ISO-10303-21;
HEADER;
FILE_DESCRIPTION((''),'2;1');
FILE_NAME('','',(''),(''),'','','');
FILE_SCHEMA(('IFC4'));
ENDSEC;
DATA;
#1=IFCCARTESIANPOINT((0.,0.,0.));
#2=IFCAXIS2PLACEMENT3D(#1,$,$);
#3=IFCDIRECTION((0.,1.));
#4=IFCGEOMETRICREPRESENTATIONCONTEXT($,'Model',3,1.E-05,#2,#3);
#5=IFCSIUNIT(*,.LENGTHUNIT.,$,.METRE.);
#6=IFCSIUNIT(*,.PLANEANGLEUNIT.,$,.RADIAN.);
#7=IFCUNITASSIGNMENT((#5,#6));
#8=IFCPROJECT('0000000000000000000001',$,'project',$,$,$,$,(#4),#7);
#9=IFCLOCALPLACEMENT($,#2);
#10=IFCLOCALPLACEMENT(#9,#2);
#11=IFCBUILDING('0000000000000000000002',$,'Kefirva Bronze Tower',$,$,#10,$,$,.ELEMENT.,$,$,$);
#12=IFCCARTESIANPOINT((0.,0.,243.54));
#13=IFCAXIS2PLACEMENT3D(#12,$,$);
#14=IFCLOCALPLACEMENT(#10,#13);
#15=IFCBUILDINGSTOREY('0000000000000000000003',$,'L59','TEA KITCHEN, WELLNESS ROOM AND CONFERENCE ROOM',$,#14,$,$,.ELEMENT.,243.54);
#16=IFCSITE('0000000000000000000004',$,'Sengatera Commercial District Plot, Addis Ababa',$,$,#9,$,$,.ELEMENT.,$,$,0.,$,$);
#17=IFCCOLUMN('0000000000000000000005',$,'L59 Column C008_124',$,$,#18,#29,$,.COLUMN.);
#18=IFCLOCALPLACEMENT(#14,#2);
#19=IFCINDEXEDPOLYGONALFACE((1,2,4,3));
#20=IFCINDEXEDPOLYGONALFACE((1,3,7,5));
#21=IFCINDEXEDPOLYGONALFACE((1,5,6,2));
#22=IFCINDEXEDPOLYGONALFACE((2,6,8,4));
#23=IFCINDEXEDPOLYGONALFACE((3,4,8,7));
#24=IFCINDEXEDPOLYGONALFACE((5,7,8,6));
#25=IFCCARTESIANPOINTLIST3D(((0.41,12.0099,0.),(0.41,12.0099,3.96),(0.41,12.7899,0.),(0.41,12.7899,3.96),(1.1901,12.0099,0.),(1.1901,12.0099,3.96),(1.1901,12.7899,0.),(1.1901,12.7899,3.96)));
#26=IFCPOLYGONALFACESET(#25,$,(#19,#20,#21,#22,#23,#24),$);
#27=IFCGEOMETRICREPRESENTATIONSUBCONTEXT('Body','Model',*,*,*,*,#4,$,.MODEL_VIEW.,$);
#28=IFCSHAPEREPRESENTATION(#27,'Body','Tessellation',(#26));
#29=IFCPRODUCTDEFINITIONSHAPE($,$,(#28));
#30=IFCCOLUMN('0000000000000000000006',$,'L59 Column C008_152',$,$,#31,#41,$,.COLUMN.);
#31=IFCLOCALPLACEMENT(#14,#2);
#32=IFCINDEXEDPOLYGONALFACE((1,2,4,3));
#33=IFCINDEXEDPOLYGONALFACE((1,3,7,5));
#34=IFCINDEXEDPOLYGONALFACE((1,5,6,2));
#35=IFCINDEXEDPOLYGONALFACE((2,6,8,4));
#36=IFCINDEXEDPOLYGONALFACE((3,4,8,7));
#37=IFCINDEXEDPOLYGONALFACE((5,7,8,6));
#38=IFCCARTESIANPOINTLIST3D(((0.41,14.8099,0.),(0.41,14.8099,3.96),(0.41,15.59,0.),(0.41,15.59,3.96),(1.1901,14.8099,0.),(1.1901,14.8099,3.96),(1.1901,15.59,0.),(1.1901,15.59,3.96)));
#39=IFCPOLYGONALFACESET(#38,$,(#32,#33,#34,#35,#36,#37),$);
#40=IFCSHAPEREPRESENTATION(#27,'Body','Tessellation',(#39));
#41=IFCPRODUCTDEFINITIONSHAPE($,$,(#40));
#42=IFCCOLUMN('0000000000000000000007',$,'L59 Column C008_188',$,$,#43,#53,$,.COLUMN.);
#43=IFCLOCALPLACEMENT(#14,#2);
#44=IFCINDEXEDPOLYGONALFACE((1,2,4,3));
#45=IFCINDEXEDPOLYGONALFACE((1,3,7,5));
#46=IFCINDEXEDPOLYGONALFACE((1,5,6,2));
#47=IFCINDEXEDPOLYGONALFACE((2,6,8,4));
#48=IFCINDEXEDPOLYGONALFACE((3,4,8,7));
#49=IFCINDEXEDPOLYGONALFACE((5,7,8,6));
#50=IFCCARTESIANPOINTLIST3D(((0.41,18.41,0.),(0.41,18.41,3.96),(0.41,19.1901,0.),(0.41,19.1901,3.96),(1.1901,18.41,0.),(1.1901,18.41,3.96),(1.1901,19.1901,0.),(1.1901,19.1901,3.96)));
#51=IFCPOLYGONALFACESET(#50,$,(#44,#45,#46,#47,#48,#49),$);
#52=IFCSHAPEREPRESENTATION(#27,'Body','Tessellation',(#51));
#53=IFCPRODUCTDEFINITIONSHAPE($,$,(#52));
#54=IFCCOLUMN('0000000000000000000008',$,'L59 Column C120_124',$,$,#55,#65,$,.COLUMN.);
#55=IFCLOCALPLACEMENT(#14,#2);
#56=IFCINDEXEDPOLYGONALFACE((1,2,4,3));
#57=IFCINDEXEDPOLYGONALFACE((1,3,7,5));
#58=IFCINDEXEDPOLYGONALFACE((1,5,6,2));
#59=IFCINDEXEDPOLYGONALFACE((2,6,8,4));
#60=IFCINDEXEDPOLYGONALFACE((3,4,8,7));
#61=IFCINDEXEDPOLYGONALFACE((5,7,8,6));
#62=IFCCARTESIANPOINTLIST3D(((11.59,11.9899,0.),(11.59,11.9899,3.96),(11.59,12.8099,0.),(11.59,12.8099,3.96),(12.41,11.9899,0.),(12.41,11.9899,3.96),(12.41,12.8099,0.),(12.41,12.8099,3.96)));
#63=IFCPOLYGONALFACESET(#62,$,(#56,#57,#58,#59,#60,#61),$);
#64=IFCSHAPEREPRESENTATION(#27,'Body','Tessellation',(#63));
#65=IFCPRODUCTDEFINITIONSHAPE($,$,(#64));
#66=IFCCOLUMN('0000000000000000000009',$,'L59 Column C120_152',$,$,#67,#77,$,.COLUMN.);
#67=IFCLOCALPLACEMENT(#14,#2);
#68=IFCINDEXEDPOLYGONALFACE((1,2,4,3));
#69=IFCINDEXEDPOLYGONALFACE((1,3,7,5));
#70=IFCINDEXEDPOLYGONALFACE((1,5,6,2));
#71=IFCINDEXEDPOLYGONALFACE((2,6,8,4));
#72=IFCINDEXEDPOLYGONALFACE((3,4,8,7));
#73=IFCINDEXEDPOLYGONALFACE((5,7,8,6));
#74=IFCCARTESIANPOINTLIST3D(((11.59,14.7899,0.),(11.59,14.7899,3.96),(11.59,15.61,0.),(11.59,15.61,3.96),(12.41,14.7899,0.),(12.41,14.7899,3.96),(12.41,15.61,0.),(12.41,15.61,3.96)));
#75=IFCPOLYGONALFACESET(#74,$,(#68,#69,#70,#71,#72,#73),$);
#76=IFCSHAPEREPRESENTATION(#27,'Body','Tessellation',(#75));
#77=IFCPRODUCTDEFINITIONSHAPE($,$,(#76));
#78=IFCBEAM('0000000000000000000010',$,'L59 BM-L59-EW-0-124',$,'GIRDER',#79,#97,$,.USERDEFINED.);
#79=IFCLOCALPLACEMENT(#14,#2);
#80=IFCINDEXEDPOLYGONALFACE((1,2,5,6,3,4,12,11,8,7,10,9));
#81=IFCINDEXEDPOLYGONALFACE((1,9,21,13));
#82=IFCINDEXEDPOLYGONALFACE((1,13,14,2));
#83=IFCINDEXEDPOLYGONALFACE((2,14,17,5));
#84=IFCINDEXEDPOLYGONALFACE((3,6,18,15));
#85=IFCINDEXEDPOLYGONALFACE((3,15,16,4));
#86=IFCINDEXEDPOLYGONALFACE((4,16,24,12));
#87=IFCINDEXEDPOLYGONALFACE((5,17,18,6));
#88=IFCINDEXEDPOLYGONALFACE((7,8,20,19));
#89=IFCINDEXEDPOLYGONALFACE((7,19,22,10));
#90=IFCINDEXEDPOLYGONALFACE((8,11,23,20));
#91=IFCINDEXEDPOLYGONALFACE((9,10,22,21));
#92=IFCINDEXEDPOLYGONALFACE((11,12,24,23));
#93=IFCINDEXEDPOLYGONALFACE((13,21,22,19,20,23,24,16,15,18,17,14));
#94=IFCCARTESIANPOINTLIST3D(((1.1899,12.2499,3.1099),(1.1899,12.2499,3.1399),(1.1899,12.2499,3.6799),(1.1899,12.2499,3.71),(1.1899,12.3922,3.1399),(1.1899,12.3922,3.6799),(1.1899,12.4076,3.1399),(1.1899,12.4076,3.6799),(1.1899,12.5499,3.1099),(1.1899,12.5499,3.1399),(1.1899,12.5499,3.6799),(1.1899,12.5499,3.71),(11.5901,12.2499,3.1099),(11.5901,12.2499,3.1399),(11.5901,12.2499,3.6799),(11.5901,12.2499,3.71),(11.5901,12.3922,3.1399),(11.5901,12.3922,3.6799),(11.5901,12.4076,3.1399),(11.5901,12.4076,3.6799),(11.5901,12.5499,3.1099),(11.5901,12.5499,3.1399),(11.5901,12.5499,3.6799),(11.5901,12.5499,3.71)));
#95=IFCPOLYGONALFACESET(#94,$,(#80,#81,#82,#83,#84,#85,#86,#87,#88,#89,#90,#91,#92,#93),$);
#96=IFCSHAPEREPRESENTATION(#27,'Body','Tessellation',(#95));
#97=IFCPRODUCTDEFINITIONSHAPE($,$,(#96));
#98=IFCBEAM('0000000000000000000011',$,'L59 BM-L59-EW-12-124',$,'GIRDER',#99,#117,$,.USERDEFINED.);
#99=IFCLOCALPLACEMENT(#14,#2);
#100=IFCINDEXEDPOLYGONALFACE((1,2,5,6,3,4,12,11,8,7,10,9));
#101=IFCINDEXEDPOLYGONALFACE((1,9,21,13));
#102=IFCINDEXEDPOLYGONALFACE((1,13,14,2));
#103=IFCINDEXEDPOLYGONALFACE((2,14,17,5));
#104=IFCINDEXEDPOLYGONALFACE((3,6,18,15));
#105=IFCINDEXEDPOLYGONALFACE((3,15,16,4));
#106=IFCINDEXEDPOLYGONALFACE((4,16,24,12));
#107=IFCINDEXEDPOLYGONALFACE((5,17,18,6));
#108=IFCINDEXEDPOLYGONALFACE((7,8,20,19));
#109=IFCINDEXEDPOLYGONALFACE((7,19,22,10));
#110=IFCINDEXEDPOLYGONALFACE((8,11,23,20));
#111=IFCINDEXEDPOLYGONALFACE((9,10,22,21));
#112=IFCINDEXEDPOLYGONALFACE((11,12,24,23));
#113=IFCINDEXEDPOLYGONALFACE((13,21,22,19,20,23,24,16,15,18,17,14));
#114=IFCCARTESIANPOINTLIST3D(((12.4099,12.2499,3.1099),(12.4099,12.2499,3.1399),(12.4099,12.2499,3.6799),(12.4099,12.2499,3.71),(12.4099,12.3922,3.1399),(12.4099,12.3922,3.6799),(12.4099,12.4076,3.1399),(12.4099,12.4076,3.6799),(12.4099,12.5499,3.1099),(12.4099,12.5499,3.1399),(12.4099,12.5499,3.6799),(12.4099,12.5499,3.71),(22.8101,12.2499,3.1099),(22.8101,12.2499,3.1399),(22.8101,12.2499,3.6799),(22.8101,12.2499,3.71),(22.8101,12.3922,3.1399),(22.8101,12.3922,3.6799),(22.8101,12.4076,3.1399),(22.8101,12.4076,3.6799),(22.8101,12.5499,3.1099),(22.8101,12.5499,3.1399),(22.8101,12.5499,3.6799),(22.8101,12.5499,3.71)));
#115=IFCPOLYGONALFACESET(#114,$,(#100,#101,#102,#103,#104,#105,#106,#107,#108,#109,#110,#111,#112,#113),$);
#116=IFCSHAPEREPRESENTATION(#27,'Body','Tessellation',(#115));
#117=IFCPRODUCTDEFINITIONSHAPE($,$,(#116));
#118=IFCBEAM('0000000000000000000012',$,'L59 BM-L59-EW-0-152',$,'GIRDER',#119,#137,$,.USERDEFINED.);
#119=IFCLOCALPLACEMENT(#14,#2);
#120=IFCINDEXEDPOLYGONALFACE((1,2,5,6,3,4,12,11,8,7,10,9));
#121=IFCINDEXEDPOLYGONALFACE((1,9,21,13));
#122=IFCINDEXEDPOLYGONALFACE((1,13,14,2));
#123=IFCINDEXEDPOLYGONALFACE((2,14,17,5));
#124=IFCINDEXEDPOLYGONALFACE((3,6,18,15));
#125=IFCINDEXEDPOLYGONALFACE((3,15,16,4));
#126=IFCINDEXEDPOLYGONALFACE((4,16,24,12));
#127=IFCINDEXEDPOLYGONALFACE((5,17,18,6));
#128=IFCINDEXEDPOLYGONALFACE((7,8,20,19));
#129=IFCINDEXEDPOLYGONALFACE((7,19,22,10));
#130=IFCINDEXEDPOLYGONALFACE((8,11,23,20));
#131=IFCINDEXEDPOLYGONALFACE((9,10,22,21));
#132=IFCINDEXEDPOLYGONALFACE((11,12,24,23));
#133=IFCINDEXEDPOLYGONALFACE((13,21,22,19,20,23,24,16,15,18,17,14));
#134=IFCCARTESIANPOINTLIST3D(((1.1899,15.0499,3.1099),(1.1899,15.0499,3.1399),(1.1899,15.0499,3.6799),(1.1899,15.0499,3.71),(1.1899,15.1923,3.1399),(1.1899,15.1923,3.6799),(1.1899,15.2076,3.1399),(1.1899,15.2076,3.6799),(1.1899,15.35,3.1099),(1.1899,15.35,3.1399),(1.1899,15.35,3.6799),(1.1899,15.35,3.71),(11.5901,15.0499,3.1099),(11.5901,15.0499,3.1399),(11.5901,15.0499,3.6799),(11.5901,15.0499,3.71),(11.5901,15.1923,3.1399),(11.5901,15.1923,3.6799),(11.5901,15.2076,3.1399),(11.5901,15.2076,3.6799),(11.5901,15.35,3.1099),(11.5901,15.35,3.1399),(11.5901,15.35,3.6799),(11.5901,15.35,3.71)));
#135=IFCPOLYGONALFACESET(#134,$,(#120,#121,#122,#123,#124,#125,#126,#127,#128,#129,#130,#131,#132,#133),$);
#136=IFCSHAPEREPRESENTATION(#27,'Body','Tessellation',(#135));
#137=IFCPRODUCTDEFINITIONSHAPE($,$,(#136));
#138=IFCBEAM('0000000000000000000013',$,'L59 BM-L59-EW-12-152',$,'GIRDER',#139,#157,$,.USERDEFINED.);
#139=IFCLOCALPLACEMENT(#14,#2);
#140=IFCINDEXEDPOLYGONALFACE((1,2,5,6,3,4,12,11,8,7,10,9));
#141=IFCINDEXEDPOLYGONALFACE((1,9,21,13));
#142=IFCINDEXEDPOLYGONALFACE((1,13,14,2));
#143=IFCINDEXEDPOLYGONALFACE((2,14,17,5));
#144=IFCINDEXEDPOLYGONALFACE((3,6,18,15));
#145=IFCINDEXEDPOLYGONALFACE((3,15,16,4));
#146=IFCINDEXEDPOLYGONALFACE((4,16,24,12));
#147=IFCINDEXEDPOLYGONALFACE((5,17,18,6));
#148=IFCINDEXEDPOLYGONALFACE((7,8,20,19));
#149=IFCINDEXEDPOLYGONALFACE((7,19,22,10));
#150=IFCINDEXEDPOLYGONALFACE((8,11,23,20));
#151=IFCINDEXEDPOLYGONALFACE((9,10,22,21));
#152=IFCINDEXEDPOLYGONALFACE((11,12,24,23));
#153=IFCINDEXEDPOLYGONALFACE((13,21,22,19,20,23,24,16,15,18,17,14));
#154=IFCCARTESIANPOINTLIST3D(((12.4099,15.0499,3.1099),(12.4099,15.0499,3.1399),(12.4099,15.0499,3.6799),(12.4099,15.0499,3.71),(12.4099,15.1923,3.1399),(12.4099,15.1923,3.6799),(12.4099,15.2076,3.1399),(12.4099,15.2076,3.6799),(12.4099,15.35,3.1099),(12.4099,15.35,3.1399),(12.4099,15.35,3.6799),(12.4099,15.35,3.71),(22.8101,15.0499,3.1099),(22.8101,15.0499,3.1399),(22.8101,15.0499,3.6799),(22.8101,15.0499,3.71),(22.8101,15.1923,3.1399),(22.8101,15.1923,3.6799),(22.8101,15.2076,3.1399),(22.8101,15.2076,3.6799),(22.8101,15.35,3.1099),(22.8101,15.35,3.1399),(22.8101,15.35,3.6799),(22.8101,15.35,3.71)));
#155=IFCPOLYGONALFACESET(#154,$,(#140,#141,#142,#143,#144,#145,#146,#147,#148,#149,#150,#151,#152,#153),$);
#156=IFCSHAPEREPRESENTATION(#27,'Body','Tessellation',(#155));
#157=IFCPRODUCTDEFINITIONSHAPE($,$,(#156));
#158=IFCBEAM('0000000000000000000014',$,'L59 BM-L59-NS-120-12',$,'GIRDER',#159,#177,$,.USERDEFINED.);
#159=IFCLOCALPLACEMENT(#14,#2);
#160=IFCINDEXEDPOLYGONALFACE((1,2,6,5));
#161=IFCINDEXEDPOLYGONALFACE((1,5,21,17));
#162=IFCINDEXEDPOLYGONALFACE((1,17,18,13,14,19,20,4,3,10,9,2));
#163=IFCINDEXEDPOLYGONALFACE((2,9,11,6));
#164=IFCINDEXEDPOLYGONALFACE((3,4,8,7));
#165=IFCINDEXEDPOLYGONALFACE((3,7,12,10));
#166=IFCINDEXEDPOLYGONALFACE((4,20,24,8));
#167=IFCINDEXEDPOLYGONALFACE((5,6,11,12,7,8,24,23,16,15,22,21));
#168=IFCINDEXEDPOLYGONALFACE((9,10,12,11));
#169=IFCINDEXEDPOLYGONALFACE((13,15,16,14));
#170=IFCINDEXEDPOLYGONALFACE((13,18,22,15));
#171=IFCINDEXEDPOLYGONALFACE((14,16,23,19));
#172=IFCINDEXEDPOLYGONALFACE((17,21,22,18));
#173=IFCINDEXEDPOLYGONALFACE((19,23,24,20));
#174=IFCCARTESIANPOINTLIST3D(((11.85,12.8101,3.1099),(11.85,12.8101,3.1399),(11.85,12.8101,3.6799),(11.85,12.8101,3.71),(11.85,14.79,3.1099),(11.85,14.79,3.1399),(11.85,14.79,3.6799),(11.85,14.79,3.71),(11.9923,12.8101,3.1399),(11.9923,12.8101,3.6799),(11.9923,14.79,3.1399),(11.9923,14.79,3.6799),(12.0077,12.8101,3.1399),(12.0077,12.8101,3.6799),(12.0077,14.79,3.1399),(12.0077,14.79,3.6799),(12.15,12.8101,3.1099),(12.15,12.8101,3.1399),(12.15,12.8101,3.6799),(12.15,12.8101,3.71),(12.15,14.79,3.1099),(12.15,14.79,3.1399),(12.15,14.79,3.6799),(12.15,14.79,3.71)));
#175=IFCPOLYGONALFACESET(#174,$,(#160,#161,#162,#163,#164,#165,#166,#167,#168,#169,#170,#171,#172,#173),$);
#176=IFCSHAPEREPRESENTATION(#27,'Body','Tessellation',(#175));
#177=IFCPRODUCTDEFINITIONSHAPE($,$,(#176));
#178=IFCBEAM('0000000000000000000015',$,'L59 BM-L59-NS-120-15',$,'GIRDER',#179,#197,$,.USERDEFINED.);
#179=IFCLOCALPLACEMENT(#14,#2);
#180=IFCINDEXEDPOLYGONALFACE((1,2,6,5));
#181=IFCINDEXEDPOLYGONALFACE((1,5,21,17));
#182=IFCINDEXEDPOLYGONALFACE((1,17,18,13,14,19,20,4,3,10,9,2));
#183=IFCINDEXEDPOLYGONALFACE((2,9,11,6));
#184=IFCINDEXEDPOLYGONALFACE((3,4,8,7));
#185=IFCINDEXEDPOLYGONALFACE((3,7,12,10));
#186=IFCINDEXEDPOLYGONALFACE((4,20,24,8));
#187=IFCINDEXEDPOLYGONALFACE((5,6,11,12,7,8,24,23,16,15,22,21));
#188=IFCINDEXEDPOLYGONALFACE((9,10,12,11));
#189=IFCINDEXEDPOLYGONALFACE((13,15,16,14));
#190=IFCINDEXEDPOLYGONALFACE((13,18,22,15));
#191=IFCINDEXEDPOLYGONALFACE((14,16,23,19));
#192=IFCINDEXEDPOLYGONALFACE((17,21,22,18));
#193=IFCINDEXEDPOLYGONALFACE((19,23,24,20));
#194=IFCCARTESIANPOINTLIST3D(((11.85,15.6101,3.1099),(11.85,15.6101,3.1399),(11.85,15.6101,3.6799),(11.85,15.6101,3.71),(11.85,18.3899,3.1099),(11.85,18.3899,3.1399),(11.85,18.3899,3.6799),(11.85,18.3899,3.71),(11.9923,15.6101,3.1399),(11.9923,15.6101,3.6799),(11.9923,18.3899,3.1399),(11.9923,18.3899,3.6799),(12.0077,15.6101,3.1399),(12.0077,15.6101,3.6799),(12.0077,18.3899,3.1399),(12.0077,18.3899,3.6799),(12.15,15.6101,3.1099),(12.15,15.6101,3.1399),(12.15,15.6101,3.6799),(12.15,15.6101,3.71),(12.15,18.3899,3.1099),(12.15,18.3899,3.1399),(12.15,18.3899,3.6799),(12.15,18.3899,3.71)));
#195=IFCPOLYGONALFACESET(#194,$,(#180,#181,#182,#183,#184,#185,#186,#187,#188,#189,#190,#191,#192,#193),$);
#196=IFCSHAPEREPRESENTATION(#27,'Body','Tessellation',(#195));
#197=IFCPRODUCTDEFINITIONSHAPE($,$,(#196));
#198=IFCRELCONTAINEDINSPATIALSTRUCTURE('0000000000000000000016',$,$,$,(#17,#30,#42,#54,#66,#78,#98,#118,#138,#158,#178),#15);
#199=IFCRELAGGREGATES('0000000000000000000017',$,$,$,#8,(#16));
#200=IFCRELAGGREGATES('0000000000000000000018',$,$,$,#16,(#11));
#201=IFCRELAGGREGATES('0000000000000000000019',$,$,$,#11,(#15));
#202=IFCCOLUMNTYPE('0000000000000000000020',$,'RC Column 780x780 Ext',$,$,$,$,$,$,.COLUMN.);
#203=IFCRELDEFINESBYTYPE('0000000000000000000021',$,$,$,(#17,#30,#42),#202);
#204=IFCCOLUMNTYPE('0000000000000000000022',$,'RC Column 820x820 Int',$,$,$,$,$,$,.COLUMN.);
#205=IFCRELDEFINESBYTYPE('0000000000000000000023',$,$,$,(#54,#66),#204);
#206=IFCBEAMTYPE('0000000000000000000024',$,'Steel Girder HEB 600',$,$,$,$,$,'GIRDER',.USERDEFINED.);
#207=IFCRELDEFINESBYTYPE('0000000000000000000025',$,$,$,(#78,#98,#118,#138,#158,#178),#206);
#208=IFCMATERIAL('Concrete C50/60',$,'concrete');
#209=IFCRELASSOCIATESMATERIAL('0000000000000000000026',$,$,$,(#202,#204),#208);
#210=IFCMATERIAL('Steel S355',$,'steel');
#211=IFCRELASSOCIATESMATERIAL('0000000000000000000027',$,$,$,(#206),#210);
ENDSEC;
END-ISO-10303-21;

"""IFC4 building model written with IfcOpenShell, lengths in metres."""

from ifc_helpers import new_model, si_unit, direction, frame, origin, origin_2d, place, context, subcontext, project, spatial, rectangle, i_section, extrude, material, material_profile, profile_set, type_object, element, save


model = new_model("IFC4")

# Units and contexts
model_context = context("Model", 3, precision=1e-05, world=origin(), true_north=direction((0.0, 1.0)))
body_context = subcontext(model_context, "Body", "Model", "MODEL_VIEW")
ifc_project = project(units=[si_unit("LENGTHUNIT", "METRE"), si_unit("PLANEANGLEUNIT", "RADIAN")], contexts=[model_context])

# Site, building, storey
site_placement = place(None, origin())
site = spatial("IfcSite", under=ifc_project, at=site_placement, Name="Sengatera Commercial District Plot, Addis Ababa", CompositionType="ELEMENT", RefElevation=0.0)
building_placement = place(site_placement, origin())
building = spatial("IfcBuilding", under=site, at=building_placement, Name="Kefirva Bronze Tower", CompositionType="ELEMENT")
storey_placement = place(building_placement, frame((0.0, 0.0, 243.54)))
storey = spatial("IfcBuildingStorey", under=building, at=storey_placement, Name="L59", Description="TEA KITCHEN, WELLNESS ROOM AND CONFERENCE ROOM", CompositionType="ELEMENT", Elevation=243.54)

# Columns
ifc_material_1 = material(Name="Concrete C50/60", Category="concrete")
ifc_material_profile_1 = material_profile(ifc_material_1, rectangle(XDim=0.78, YDim=0.78, at=origin_2d()), Name="RC 780x780")
ifc_profile_set_1 = profile_set([ifc_material_profile_1], Name="Concrete C50/60")
column_type_1 = type_object("IfcColumnType", Name="RC Column 780x780 Ext", PredefinedType="COLUMN", material=ifc_profile_set_1)
for number, where, z_axis, x_axis, name in (
    (1, (0.8, 12.3999, 0.0), (0.0, 0.0, 1.0), (1.0, 0.0, 0.0), "L59 Column C008_124"),
    (2, (0.8, 15.2, 0.0), (0.0, 0.0, 1.0), (1.0, 0.0, 0.0), "L59 Column C008_152"),
    (3, (0.8, 18.8, 0.0), (0.0, 0.0, 1.0), (1.0, 0.0, 0.0), "L59 Column C008_188"),
):
    element("IfcColumn", number, at=place(storey_placement, frame(where, z_axis=z_axis, x_axis=x_axis)), inside=storey, type_object=column_type_1, Name=name, PredefinedType="COLUMN", context=body_context, shape_type="SweptSolid", body=[
        extrude(rectangle(XDim=0.78, YDim=0.78, at=origin_2d()), origin(), (0.0, 0.0, 1.0), 3.96),
    ])
ifc_material_profile_2 = material_profile(ifc_material_1, rectangle(XDim=0.8201, YDim=0.8201, at=origin_2d()), Name="RC 820x820")
ifc_profile_set_2 = profile_set([ifc_material_profile_2], Name="Concrete C50/60")
column_type_2 = type_object("IfcColumnType", Name="RC Column 820x820 Int", PredefinedType="COLUMN", material=ifc_profile_set_2)
for number, where, z_axis, x_axis, name in (
    (4, (12.0, 12.3999, 0.0), (0.0, 0.0, 1.0), (1.0, 0.0, 0.0), "L59 Column C120_124"),
    (5, (12.0, 15.2, 0.0), (0.0, 0.0, 1.0), (1.0, 0.0, 0.0), "L59 Column C120_152"),
):
    element("IfcColumn", number, at=place(storey_placement, frame(where, z_axis=z_axis, x_axis=x_axis)), inside=storey, type_object=column_type_2, Name=name, PredefinedType="COLUMN", context=body_context, shape_type="SweptSolid", body=[
        extrude(rectangle(XDim=0.8201, YDim=0.8201, at=origin_2d()), origin(), (0.0, 0.0, 1.0), 3.96),
    ])

# Beams
ifc_material_2 = material(Name="Steel S355", Category="steel")
ifc_material_profile_3 = material_profile(ifc_material_2, i_section(OverallWidth=0.3, OverallDepth=0.6001, WebThickness=0.0154, FlangeThickness=0.03, at=origin_2d()), Name="HEB 600")
ifc_profile_set_3 = profile_set([ifc_material_profile_3], Name="Steel S355")
beam_type_1 = type_object("IfcBeamType", Name="Steel Girder HEB 600", ElementType="GIRDER", PredefinedType="USERDEFINED", material=ifc_profile_set_3)
for number, where, z_axis, x_axis, name in (
    (6, (1.1899, 12.3999, 3.4099), (1.0, 0.0, 0.0), (0.0, 1.0, 0.0), "L59 BM-L59-EW-0-124"),
    (7, (12.4099, 12.3999, 3.4099), (1.0, 0.0, 0.0), (0.0, 1.0, 0.0), "L59 BM-L59-EW-12-124"),
    (8, (1.1899, 15.2, 3.4099), (1.0, 0.0, 0.0), (0.0, 1.0, 0.0), "L59 BM-L59-EW-0-152"),
    (9, (12.4099, 15.2, 3.4099), (1.0, 0.0, 0.0), (0.0, 1.0, 0.0), "L59 BM-L59-EW-12-152"),
):
    element("IfcBeam", number, at=place(storey_placement, frame(where, z_axis=z_axis, x_axis=x_axis)), inside=storey, type_object=beam_type_1, Name=name, ObjectType="GIRDER", PredefinedType="USERDEFINED", context=body_context, shape_type="SweptSolid", body=[
        extrude(i_section(OverallWidth=0.3, OverallDepth=0.6001, WebThickness=0.0154, FlangeThickness=0.03, at=origin_2d()), origin(), (0.0, 0.0, 1.0), 10.4001),
    ])
beam_1_placement = place(storey_placement, frame((12.0, 12.8101, 3.4099), z_axis=(0.0, 1.0, 0.0), x_axis=(-1.0, 0.0, 0.0)))
element("IfcBeam", 10, at=beam_1_placement, inside=storey, type_object=beam_type_1, Name="L59 BM-L59-NS-120-12", ObjectType="GIRDER", PredefinedType="USERDEFINED", context=body_context, shape_type="SweptSolid", body=[
    extrude(i_section(OverallWidth=0.3, OverallDepth=0.6001, WebThickness=0.0154, FlangeThickness=0.03, at=origin_2d()), origin(), (0.0, 0.0, 1.0), 1.98),
])
beam_2_placement = place(storey_placement, frame((12.0, 15.6101, 3.4099), z_axis=(0.0, 1.0, 0.0), x_axis=(-1.0, 0.0, 0.0)))
element("IfcBeam", 11, at=beam_2_placement, inside=storey, type_object=beam_type_1, Name="L59 BM-L59-NS-120-15", ObjectType="GIRDER", PredefinedType="USERDEFINED", context=body_context, shape_type="SweptSolid", body=[
    extrude(i_section(OverallWidth=0.3, OverallDepth=0.6001, WebThickness=0.0154, FlangeThickness=0.03, at=origin_2d()), origin(), (0.0, 0.0, 1.0), 2.7798),
])

save(model, "model.ifc")
